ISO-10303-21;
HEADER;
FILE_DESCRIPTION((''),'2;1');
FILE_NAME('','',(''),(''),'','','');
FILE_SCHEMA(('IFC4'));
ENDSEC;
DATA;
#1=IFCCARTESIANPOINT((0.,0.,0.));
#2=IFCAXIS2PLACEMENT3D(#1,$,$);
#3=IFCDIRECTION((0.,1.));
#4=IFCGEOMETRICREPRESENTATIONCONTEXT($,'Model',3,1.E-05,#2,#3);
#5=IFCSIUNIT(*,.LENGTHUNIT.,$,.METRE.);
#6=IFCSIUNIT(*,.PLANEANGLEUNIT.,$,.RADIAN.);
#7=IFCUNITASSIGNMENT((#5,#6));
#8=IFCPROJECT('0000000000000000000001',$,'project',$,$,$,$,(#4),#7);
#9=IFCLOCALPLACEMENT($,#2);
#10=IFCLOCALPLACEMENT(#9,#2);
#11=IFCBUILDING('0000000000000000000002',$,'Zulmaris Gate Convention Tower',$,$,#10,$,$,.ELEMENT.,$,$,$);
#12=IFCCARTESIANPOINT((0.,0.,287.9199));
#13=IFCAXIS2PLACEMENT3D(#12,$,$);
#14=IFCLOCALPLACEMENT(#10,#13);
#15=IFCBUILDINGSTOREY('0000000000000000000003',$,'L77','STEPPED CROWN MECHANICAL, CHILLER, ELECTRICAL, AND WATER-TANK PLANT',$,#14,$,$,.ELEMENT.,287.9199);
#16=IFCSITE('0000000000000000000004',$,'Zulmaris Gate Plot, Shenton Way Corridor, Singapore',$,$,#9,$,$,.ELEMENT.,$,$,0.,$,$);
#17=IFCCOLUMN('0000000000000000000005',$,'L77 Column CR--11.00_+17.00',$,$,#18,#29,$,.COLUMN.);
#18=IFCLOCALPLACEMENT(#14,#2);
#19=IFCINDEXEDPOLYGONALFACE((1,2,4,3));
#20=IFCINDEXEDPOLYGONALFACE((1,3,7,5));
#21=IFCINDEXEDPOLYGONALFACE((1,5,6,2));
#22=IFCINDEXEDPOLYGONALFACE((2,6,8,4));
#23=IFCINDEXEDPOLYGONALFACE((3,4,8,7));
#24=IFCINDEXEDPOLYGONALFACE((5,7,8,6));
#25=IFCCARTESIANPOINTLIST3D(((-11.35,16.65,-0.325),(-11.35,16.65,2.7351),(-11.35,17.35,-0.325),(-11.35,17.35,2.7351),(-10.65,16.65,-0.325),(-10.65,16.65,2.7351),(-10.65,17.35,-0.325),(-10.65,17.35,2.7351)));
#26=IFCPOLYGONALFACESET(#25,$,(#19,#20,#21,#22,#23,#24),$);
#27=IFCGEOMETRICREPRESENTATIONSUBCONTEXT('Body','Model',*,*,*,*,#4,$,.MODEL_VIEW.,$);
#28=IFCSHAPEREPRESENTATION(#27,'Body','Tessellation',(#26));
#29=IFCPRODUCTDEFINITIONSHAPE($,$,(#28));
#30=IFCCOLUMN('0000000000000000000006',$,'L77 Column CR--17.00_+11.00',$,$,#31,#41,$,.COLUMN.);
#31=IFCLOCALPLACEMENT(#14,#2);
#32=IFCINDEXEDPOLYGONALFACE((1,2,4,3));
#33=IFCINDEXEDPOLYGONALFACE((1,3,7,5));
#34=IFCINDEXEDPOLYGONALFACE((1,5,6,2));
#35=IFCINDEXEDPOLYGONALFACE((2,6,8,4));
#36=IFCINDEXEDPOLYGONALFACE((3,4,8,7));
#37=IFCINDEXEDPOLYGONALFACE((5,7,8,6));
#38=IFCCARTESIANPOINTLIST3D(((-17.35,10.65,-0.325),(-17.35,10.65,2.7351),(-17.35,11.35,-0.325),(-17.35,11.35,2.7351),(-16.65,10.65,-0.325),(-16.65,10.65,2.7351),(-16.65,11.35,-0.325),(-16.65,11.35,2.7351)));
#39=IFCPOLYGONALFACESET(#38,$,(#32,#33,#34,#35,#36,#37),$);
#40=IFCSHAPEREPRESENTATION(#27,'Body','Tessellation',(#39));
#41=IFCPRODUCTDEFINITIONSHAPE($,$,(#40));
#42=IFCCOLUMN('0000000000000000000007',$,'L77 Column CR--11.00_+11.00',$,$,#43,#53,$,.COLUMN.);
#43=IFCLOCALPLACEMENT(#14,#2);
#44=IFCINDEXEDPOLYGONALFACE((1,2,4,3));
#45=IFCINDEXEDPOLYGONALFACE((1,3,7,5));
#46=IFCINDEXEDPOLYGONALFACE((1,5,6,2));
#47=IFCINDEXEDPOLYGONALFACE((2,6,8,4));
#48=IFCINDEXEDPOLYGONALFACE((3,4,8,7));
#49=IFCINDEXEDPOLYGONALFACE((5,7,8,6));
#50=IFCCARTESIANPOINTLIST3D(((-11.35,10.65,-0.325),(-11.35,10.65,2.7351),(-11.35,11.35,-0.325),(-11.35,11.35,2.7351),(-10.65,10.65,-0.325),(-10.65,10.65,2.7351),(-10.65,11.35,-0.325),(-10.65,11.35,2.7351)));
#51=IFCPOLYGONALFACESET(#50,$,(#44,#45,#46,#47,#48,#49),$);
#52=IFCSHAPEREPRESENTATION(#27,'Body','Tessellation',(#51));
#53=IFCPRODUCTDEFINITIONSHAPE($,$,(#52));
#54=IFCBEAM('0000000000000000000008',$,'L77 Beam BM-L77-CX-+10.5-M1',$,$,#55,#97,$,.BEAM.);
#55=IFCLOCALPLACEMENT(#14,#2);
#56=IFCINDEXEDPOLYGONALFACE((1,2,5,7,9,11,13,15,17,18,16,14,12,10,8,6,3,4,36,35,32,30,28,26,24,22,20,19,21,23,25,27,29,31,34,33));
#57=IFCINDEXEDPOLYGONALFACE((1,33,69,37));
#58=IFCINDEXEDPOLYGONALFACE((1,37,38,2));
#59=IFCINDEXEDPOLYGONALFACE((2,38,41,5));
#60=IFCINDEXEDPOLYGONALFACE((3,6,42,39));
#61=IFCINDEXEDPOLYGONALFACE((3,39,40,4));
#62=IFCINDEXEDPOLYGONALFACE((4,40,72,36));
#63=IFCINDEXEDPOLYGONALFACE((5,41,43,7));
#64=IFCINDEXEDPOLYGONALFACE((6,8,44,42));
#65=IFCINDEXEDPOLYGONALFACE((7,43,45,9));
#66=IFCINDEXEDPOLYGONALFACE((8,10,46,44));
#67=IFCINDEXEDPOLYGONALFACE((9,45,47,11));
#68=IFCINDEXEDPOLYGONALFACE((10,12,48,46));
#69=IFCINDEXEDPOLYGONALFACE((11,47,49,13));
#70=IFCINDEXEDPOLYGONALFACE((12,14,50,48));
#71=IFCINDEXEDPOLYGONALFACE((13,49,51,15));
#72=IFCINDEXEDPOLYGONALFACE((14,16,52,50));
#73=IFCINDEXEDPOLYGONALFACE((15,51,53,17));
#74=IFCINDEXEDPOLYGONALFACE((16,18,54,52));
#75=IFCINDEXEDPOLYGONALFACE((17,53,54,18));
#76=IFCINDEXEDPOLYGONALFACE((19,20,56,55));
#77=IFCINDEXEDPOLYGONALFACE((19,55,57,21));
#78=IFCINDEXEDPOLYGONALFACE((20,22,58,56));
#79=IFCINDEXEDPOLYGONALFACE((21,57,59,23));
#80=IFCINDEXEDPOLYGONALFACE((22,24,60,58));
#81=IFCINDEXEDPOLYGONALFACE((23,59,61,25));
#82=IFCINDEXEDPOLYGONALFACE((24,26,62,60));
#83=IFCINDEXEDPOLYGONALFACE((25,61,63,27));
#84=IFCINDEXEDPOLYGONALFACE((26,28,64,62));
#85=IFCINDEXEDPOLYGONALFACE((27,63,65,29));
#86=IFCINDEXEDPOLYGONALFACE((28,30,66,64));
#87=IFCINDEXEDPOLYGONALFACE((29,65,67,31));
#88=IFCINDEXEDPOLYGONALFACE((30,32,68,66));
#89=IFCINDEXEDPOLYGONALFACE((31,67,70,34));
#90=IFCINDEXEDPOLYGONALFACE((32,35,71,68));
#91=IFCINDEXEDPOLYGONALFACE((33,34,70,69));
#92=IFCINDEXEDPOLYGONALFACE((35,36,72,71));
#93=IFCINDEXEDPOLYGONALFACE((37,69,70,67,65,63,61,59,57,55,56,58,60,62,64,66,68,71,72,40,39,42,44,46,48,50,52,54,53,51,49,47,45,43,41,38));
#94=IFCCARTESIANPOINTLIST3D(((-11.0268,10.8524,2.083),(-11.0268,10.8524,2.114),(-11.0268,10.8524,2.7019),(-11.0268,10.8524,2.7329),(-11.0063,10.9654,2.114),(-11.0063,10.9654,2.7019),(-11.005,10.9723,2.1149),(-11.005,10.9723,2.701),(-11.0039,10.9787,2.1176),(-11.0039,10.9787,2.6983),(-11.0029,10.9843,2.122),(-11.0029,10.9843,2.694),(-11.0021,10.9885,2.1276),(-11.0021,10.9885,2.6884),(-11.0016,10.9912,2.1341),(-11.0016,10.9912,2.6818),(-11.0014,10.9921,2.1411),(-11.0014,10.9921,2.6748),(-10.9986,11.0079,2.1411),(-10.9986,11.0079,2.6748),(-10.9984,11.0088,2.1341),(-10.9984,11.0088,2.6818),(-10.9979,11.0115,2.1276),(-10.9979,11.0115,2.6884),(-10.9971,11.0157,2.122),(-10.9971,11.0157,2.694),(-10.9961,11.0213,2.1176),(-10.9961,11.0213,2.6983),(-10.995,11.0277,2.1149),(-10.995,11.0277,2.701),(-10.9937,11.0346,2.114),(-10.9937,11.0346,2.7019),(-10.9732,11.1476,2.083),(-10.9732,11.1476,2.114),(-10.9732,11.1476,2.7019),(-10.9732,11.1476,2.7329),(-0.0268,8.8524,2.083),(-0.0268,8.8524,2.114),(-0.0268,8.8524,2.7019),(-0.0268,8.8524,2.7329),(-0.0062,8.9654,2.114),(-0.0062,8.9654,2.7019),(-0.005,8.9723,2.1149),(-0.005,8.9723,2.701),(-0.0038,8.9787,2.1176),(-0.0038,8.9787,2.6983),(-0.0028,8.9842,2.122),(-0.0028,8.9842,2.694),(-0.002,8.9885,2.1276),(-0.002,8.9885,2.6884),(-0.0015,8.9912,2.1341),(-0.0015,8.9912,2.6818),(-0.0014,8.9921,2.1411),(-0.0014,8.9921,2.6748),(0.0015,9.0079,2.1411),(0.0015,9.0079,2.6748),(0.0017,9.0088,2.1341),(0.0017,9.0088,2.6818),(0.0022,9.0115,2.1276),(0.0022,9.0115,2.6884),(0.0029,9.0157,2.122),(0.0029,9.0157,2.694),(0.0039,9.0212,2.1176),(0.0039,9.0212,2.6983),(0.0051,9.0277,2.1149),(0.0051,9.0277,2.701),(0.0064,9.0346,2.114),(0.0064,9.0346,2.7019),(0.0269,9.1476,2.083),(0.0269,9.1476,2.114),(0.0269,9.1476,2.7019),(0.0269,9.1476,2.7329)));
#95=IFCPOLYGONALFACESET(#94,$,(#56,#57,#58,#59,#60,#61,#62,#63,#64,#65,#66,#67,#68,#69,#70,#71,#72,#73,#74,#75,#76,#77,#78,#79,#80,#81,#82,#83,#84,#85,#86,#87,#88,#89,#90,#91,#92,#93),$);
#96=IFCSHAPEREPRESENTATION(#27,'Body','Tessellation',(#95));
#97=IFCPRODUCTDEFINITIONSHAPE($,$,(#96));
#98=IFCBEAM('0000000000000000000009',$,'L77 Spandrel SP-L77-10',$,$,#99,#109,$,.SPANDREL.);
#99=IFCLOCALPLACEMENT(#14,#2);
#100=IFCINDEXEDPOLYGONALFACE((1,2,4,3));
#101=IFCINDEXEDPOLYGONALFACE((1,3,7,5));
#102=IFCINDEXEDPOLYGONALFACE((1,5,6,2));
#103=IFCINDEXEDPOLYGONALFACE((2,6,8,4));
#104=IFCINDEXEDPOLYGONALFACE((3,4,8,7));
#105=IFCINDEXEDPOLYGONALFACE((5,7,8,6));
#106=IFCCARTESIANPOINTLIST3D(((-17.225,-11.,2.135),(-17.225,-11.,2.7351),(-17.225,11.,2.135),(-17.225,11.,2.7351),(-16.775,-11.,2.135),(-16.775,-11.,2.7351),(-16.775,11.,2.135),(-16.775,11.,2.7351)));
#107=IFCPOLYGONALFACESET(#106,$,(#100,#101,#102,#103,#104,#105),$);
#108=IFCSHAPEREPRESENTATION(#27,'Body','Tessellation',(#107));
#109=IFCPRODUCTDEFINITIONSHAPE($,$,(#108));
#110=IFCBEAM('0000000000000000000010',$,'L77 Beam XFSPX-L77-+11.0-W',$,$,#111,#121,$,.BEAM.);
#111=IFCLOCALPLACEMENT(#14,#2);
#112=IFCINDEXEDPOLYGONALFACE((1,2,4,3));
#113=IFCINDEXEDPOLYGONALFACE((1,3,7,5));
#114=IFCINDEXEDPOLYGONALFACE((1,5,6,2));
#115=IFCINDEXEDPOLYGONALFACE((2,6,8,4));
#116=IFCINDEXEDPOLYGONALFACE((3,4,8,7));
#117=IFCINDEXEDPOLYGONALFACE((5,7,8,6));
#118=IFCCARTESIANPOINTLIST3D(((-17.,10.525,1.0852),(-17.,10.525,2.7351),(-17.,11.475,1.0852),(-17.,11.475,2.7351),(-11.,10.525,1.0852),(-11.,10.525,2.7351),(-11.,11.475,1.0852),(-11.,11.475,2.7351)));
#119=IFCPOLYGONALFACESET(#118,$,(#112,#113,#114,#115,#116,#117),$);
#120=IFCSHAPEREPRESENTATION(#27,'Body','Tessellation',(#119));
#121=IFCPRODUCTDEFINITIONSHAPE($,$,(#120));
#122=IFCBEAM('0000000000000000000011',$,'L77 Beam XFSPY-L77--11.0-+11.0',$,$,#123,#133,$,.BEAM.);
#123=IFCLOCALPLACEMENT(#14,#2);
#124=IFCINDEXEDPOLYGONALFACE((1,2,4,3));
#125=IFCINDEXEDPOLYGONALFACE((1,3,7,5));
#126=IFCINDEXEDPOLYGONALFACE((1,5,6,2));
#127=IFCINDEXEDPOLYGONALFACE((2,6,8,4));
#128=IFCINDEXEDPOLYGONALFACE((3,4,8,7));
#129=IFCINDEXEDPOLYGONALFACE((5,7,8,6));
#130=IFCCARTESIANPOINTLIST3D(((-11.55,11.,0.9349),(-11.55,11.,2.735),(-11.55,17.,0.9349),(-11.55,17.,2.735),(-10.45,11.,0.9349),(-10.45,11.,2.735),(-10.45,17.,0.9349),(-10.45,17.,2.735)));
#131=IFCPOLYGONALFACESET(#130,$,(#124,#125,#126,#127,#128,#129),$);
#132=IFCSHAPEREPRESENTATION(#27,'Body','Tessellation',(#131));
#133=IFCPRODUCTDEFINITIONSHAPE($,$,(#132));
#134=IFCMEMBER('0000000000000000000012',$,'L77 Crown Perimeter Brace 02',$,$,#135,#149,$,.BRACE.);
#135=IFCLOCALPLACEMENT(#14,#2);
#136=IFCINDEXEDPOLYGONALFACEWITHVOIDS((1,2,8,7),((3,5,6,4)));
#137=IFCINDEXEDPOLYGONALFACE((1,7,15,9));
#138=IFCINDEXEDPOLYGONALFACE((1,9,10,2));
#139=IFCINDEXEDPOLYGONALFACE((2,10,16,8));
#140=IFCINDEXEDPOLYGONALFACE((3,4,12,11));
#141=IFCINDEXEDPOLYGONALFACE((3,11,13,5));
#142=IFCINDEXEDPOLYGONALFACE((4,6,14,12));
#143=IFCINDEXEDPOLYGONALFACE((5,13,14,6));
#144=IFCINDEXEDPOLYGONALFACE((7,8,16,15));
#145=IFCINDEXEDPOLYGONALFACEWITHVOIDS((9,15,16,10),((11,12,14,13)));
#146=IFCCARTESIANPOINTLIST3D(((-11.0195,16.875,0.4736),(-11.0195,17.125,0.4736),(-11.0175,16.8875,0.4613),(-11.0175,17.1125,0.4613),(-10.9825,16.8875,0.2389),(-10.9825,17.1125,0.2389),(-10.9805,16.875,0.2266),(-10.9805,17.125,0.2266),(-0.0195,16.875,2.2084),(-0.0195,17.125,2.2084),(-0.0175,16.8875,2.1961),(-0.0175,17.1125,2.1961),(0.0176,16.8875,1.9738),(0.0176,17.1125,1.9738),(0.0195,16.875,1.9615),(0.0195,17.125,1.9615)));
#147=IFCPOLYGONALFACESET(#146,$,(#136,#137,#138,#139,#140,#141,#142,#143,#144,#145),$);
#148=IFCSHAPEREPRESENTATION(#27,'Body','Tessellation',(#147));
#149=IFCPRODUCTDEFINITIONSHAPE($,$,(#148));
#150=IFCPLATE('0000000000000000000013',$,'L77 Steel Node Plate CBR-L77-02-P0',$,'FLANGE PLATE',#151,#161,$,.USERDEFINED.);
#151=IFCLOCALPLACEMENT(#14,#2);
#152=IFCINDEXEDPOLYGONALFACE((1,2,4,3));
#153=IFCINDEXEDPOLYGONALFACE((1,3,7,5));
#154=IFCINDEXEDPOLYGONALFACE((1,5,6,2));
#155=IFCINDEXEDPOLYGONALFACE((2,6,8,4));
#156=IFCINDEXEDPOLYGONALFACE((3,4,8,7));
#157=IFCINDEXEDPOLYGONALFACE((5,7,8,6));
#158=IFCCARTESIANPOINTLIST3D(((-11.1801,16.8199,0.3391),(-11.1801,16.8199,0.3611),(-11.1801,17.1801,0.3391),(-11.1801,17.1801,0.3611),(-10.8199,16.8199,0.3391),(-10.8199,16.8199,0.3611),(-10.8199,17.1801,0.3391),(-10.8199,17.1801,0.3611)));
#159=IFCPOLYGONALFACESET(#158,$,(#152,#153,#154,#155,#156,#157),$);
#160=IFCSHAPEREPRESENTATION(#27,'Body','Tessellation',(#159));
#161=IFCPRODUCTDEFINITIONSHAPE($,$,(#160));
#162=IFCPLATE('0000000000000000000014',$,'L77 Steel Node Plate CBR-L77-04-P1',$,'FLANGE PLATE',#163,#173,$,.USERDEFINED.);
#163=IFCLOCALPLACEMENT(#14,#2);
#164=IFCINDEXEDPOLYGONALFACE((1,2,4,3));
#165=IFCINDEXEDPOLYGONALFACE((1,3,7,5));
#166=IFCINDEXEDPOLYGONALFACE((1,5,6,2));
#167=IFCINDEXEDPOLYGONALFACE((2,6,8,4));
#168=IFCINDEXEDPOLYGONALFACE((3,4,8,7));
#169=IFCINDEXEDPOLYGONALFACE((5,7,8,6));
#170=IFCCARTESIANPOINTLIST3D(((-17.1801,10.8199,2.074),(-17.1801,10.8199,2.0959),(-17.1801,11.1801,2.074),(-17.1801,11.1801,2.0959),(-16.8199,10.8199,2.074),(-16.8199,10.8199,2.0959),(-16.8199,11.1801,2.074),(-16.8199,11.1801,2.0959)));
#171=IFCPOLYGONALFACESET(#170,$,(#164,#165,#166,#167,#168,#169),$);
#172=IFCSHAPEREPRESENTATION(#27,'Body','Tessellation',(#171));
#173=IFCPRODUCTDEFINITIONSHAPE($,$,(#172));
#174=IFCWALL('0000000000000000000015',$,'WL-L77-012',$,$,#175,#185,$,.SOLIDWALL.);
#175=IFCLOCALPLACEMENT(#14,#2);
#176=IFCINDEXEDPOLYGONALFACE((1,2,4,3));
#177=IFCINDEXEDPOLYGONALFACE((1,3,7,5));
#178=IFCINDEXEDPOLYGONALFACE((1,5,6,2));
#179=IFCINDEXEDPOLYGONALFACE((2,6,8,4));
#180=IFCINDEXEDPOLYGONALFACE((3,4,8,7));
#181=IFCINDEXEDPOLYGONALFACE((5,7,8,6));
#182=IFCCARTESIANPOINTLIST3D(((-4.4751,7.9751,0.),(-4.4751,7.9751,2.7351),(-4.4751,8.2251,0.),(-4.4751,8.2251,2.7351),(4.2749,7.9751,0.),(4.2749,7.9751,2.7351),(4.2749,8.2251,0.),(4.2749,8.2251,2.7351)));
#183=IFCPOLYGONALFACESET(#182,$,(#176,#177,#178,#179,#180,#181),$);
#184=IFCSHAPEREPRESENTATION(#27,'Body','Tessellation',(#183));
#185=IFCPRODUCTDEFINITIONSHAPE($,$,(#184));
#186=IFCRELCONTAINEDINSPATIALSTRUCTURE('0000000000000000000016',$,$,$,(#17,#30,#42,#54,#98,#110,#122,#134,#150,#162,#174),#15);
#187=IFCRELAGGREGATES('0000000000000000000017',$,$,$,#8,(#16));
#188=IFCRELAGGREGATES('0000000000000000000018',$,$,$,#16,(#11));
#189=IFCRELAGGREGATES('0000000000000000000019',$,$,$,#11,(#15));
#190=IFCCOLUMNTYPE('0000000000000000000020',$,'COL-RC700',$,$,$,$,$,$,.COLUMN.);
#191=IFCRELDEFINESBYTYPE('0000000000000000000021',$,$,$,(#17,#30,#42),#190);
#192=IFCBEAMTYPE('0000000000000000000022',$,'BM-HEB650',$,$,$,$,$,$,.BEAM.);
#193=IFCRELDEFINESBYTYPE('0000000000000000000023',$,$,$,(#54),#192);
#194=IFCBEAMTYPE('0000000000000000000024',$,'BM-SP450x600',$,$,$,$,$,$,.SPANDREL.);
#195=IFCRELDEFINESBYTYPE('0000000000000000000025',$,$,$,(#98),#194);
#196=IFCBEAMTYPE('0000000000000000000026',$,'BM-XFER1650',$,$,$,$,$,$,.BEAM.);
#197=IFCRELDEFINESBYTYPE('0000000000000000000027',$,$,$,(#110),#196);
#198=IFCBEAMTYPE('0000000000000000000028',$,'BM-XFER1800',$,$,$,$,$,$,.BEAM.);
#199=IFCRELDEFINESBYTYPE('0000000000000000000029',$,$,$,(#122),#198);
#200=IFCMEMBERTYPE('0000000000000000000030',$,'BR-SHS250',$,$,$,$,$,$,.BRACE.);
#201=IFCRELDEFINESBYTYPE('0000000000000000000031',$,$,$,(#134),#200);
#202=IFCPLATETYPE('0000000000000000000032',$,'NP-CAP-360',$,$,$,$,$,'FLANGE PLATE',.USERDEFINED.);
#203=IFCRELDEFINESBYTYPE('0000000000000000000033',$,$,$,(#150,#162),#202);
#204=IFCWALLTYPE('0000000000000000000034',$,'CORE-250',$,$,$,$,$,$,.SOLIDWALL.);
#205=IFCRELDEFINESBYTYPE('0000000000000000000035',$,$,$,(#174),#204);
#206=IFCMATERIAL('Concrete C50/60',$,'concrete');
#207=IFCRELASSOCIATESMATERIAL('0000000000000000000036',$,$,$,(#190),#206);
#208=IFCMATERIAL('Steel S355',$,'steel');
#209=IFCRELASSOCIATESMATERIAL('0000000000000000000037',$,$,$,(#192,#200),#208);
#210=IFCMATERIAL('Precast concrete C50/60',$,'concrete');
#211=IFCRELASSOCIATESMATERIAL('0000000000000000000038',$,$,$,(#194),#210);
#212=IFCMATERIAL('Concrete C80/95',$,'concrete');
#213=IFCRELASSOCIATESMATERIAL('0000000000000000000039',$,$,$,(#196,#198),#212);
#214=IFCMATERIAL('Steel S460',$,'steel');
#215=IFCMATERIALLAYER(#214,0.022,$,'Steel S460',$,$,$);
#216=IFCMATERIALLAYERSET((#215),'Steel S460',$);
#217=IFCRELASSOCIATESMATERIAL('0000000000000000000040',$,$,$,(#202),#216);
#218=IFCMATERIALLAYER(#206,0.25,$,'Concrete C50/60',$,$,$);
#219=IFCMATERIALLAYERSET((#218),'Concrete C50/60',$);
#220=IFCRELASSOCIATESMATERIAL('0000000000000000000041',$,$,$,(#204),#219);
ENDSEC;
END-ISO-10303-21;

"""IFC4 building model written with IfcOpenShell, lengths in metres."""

from ifc_helpers import new_model, si_unit, direction, frame, frame_2d, origin, origin_2d, place, context, subcontext, project, spatial, rectangle, hollow_rectangle, i_section, extrude, material, layer, layer_set, material_profile, profile_set, type_object, element, save


model = new_model("IFC4")

# Units and contexts
model_context = context("Model", 3, precision=1e-05, world=origin(), true_north=direction((0.0, 1.0)))
body_context = subcontext(model_context, "Body", "Model", "MODEL_VIEW")
ifc_project = project(units=[si_unit("LENGTHUNIT", "METRE"), si_unit("PLANEANGLEUNIT", "RADIAN")], contexts=[model_context])

# Site, building, storey
site_placement = place(None, origin())
site = spatial("IfcSite", under=ifc_project, at=site_placement, Name="Zulmaris Gate Plot, Shenton Way Corridor, Singapore", CompositionType="ELEMENT", RefElevation=0.0)
building_placement = place(site_placement, origin())
building = spatial("IfcBuilding", under=site, at=building_placement, Name="Zulmaris Gate Convention Tower", CompositionType="ELEMENT")
storey_placement = place(building_placement, frame((0.0, 0.0, 287.9199)))
storey = spatial("IfcBuildingStorey", under=building, at=storey_placement, Name="L77", Description="STEPPED CROWN MECHANICAL, CHILLER, ELECTRICAL, AND WATER-TANK PLANT", CompositionType="ELEMENT", Elevation=287.9199)

# Columns
ifc_material_1 = material(Name="Concrete C50/60", Category="concrete")
ifc_material_profile_1 = material_profile(ifc_material_1, rectangle(XDim=0.7, YDim=0.7, at=origin_2d()), Name="RC COL 700x700")
ifc_profile_set_1 = profile_set([ifc_material_profile_1], Name="Concrete C50/60")
column_type = type_object("IfcColumnType", Name="COL-RC700", PredefinedType="COLUMN", material=ifc_profile_set_1)
for number, where, z_axis, x_axis, name in (
    (1, (-11.0, 17.0, -0.325), (0.0, 0.0, 1.0), (1.0, 0.0, 0.0), "L77 Column CR--11.00_+17.00"),
    (2, (-17.0, 11.0, -0.325), (0.0, 0.0, 1.0), (1.0, 0.0, 0.0), "L77 Column CR--17.00_+11.00"),
    (3, (-11.0, 11.0, -0.325), (0.0, 0.0, 1.0), (1.0, 0.0, 0.0), "L77 Column CR--11.00_+11.00"),
):
    element("IfcColumn", number, at=place(storey_placement, frame(where, z_axis=z_axis, x_axis=x_axis)), inside=storey, type_object=column_type, Name=name, PredefinedType="COLUMN", context=body_context, shape_type="SweptSolid", body=[
        extrude(rectangle(XDim=0.7, YDim=0.7, at=origin_2d()), origin(), (0.0, 0.0, 1.0), 3.0601),
    ])

# Beams
ifc_material_2 = material(Name="Steel S355", Category="steel")
ifc_material_profile_2 = material_profile(ifc_material_2, i_section(OverallWidth=0.3, OverallDepth=0.6499, WebThickness=0.0161, FlangeThickness=0.031, FilletRadius=0.0271, at=origin_2d()), Name="HEB 650")
ifc_profile_set_2 = profile_set([ifc_material_profile_2], Name="Steel S355")
beam_type_1 = type_object("IfcBeamType", Name="BM-HEB650", PredefinedType="BEAM", material=ifc_profile_set_2)
beam_1_placement = place(storey_placement, frame((-11.0, 11.0, 2.408), z_axis=(0.98387, -0.178885, 0.0), x_axis=(0.178885, 0.98387, 0.0)))
element("IfcBeam", 4, at=beam_1_placement, inside=storey, type_object=beam_type_1, Name="L77 Beam BM-L77-CX-+10.5-M1", PredefinedType="BEAM", context=body_context, shape_type="SweptSolid", body=[
    extrude(i_section(OverallWidth=0.3, OverallDepth=0.6499, WebThickness=0.0161, FlangeThickness=0.031, FilletRadius=0.0271, at=origin_2d()), origin(), (0.0, 0.0, 1.0), 11.1804),
])
ifc_material_3 = material(Name="Precast concrete C50/60", Category="concrete")
ifc_material_profile_3 = material_profile(ifc_material_3, rectangle(XDim=0.45, YDim=0.6001, at=origin_2d()), Name="RC SPANDREL 450x600")
ifc_profile_set_3 = profile_set([ifc_material_profile_3], Name="Precast concrete C50/60")
beam_type_2 = type_object("IfcBeamType", Name="BM-SP450x600", PredefinedType="SPANDREL", material=ifc_profile_set_3)
beam_2_placement = place(storey_placement, frame((-17.0, 11.0, 2.4351), z_axis=(0.0, -1.0, 0.0), x_axis=(1.0, 0.0, 0.0)))
element("IfcBeam", 5, at=beam_2_placement, inside=storey, type_object=beam_type_2, Name="L77 Spandrel SP-L77-10", PredefinedType="SPANDREL", context=body_context, shape_type="SweptSolid", body=[
    extrude(rectangle(XDim=0.45, YDim=0.6001, at=origin_2d()), origin(), (0.0, 0.0, 1.0), 22.0),
])
ifc_material_4 = material(Name="Concrete C80/95", Category="concrete")
ifc_material_profile_4 = material_profile(ifc_material_4, rectangle(XDim=0.95, YDim=1.6499, at=origin_2d()), Name="RC TRANSFER 950x1650")
ifc_profile_set_4 = profile_set([ifc_material_profile_4], Name="Concrete C80/95")
beam_type_3 = type_object("IfcBeamType", Name="BM-XFER1650", PredefinedType="BEAM", material=ifc_profile_set_4)
beam_3_placement = place(storey_placement, frame((-17.0, 11.0, 1.9102), z_axis=(1.0, 0.0, 0.0), x_axis=(0.0, 1.0, 0.0)))
element("IfcBeam", 6, at=beam_3_placement, inside=storey, type_object=beam_type_3, Name="L77 Beam XFSPX-L77-+11.0-W", PredefinedType="BEAM", context=body_context, shape_type="SweptSolid", body=[
    extrude(rectangle(XDim=0.95, YDim=1.6499, at=origin_2d()), origin(), (0.0, 0.0, 1.0), 6.0),
])
ifc_material_profile_5 = material_profile(ifc_material_4, rectangle(XDim=1.1001, YDim=1.8, at=origin_2d()), Name="RC TRANSFER 1100x1800")
ifc_profile_set_5 = profile_set([ifc_material_profile_5], Name="Concrete C80/95")
beam_type_4 = type_object("IfcBeamType", Name="BM-XFER1800", PredefinedType="BEAM", material=ifc_profile_set_5)
beam_4_placement = place(storey_placement, frame((-11.0, 11.0, 1.835), z_axis=(0.0, 1.0, 0.0), x_axis=(-1.0, 0.0, 0.0)))
element("IfcBeam", 7, at=beam_4_placement, inside=storey, type_object=beam_type_4, Name="L77 Beam XFSPY-L77--11.0-+11.0", PredefinedType="BEAM", context=body_context, shape_type="SweptSolid", body=[
    extrude(rectangle(XDim=1.1001, YDim=1.8, at=origin_2d()), origin(), (0.0, 0.0, 1.0), 6.0),
])

# Member
ifc_material_profile_6 = material_profile(ifc_material_2, hollow_rectangle(XDim=0.25, YDim=0.25, WallThickness=0.0125, at=origin_2d()), Name="SHS 250x250x12.5")
ifc_profile_set_6 = profile_set([ifc_material_profile_6], Name="Steel S355")
member_type = type_object("IfcMemberType", Name="BR-SHS250", PredefinedType="BRACE", material=ifc_profile_set_6)
member_placement = place(storey_placement, frame((-11.0, 17.0, 0.3501), z_axis=(0.98779, 0.0, 0.155789), x_axis=(0.0, 1.0, 0.0)))
element("IfcMember", 8, at=member_placement, inside=storey, type_object=member_type, Name="L77 Crown Perimeter Brace 02", PredefinedType="BRACE", context=body_context, shape_type="SweptSolid", body=[
    extrude(hollow_rectangle(XDim=0.25, YDim=0.25, WallThickness=0.0125, at=origin_2d()), origin(), (0.0, 0.0, 1.0), 11.136),
])

# Plates
ifc_material_5 = material(Name="Steel S460", Category="steel")
ifc_layer_1 = layer(ifc_material_5, 0.022, Name="Steel S460")
ifc_layer_set_1 = layer_set([ifc_layer_1], Name="Steel S460")
plate_type = type_object("IfcPlateType", Name="NP-CAP-360", ElementType="FLANGE PLATE", PredefinedType="USERDEFINED", material=ifc_layer_set_1)
for number, where, z_axis, x_axis, name in (
    (9, (-11.0, 17.0, 0.3391), (0.0, 0.0, 1.0), (1.0, 0.0, 0.0), "L77 Steel Node Plate CBR-L77-02-P0"),
    (10, (-17.0, 11.0, 2.074), (0.0, 0.0, 1.0), (1.0, 0.0, 0.0), "L77 Steel Node Plate CBR-L77-04-P1"),
):
    element("IfcPlate", number, at=place(storey_placement, frame(where, z_axis=z_axis, x_axis=x_axis)), inside=storey, type_object=plate_type, Name=name, ObjectType="FLANGE PLATE", PredefinedType="USERDEFINED", context=body_context, shape_type="SweptSolid", body=[
        extrude(rectangle(XDim=0.3601, YDim=0.3601, at=origin_2d()), origin(), (0.0, 0.0, 1.0), 0.022),
    ])

# Wall
ifc_layer_2 = layer(ifc_material_1, 0.25, Name="Concrete C50/60")
ifc_layer_set_2 = layer_set([ifc_layer_2], Name="Concrete C50/60")
wall_type_1 = type_object("IfcWallType", Name="CORE-250", PredefinedType="SOLIDWALL", material=ifc_layer_set_2)
wall_1_placement = place(storey_placement, frame((-4.4751, 8.1001, 0.0), z_axis=(0.0, 0.0, 1.0), x_axis=(1.0, 0.0, 0.0)))
element("IfcWall", 11, at=wall_1_placement, inside=storey, type_object=wall_type_1, Name="WL-L77-012", PredefinedType="SOLIDWALL", context=body_context, shape_type="SweptSolid", body=[
    extrude(rectangle(XDim=8.75, YDim=0.25, at=frame_2d((4.375, 0.0))), origin(), (0.0, 0.0, 1.0), 2.7351),
])

save(model, "model.ifc")
